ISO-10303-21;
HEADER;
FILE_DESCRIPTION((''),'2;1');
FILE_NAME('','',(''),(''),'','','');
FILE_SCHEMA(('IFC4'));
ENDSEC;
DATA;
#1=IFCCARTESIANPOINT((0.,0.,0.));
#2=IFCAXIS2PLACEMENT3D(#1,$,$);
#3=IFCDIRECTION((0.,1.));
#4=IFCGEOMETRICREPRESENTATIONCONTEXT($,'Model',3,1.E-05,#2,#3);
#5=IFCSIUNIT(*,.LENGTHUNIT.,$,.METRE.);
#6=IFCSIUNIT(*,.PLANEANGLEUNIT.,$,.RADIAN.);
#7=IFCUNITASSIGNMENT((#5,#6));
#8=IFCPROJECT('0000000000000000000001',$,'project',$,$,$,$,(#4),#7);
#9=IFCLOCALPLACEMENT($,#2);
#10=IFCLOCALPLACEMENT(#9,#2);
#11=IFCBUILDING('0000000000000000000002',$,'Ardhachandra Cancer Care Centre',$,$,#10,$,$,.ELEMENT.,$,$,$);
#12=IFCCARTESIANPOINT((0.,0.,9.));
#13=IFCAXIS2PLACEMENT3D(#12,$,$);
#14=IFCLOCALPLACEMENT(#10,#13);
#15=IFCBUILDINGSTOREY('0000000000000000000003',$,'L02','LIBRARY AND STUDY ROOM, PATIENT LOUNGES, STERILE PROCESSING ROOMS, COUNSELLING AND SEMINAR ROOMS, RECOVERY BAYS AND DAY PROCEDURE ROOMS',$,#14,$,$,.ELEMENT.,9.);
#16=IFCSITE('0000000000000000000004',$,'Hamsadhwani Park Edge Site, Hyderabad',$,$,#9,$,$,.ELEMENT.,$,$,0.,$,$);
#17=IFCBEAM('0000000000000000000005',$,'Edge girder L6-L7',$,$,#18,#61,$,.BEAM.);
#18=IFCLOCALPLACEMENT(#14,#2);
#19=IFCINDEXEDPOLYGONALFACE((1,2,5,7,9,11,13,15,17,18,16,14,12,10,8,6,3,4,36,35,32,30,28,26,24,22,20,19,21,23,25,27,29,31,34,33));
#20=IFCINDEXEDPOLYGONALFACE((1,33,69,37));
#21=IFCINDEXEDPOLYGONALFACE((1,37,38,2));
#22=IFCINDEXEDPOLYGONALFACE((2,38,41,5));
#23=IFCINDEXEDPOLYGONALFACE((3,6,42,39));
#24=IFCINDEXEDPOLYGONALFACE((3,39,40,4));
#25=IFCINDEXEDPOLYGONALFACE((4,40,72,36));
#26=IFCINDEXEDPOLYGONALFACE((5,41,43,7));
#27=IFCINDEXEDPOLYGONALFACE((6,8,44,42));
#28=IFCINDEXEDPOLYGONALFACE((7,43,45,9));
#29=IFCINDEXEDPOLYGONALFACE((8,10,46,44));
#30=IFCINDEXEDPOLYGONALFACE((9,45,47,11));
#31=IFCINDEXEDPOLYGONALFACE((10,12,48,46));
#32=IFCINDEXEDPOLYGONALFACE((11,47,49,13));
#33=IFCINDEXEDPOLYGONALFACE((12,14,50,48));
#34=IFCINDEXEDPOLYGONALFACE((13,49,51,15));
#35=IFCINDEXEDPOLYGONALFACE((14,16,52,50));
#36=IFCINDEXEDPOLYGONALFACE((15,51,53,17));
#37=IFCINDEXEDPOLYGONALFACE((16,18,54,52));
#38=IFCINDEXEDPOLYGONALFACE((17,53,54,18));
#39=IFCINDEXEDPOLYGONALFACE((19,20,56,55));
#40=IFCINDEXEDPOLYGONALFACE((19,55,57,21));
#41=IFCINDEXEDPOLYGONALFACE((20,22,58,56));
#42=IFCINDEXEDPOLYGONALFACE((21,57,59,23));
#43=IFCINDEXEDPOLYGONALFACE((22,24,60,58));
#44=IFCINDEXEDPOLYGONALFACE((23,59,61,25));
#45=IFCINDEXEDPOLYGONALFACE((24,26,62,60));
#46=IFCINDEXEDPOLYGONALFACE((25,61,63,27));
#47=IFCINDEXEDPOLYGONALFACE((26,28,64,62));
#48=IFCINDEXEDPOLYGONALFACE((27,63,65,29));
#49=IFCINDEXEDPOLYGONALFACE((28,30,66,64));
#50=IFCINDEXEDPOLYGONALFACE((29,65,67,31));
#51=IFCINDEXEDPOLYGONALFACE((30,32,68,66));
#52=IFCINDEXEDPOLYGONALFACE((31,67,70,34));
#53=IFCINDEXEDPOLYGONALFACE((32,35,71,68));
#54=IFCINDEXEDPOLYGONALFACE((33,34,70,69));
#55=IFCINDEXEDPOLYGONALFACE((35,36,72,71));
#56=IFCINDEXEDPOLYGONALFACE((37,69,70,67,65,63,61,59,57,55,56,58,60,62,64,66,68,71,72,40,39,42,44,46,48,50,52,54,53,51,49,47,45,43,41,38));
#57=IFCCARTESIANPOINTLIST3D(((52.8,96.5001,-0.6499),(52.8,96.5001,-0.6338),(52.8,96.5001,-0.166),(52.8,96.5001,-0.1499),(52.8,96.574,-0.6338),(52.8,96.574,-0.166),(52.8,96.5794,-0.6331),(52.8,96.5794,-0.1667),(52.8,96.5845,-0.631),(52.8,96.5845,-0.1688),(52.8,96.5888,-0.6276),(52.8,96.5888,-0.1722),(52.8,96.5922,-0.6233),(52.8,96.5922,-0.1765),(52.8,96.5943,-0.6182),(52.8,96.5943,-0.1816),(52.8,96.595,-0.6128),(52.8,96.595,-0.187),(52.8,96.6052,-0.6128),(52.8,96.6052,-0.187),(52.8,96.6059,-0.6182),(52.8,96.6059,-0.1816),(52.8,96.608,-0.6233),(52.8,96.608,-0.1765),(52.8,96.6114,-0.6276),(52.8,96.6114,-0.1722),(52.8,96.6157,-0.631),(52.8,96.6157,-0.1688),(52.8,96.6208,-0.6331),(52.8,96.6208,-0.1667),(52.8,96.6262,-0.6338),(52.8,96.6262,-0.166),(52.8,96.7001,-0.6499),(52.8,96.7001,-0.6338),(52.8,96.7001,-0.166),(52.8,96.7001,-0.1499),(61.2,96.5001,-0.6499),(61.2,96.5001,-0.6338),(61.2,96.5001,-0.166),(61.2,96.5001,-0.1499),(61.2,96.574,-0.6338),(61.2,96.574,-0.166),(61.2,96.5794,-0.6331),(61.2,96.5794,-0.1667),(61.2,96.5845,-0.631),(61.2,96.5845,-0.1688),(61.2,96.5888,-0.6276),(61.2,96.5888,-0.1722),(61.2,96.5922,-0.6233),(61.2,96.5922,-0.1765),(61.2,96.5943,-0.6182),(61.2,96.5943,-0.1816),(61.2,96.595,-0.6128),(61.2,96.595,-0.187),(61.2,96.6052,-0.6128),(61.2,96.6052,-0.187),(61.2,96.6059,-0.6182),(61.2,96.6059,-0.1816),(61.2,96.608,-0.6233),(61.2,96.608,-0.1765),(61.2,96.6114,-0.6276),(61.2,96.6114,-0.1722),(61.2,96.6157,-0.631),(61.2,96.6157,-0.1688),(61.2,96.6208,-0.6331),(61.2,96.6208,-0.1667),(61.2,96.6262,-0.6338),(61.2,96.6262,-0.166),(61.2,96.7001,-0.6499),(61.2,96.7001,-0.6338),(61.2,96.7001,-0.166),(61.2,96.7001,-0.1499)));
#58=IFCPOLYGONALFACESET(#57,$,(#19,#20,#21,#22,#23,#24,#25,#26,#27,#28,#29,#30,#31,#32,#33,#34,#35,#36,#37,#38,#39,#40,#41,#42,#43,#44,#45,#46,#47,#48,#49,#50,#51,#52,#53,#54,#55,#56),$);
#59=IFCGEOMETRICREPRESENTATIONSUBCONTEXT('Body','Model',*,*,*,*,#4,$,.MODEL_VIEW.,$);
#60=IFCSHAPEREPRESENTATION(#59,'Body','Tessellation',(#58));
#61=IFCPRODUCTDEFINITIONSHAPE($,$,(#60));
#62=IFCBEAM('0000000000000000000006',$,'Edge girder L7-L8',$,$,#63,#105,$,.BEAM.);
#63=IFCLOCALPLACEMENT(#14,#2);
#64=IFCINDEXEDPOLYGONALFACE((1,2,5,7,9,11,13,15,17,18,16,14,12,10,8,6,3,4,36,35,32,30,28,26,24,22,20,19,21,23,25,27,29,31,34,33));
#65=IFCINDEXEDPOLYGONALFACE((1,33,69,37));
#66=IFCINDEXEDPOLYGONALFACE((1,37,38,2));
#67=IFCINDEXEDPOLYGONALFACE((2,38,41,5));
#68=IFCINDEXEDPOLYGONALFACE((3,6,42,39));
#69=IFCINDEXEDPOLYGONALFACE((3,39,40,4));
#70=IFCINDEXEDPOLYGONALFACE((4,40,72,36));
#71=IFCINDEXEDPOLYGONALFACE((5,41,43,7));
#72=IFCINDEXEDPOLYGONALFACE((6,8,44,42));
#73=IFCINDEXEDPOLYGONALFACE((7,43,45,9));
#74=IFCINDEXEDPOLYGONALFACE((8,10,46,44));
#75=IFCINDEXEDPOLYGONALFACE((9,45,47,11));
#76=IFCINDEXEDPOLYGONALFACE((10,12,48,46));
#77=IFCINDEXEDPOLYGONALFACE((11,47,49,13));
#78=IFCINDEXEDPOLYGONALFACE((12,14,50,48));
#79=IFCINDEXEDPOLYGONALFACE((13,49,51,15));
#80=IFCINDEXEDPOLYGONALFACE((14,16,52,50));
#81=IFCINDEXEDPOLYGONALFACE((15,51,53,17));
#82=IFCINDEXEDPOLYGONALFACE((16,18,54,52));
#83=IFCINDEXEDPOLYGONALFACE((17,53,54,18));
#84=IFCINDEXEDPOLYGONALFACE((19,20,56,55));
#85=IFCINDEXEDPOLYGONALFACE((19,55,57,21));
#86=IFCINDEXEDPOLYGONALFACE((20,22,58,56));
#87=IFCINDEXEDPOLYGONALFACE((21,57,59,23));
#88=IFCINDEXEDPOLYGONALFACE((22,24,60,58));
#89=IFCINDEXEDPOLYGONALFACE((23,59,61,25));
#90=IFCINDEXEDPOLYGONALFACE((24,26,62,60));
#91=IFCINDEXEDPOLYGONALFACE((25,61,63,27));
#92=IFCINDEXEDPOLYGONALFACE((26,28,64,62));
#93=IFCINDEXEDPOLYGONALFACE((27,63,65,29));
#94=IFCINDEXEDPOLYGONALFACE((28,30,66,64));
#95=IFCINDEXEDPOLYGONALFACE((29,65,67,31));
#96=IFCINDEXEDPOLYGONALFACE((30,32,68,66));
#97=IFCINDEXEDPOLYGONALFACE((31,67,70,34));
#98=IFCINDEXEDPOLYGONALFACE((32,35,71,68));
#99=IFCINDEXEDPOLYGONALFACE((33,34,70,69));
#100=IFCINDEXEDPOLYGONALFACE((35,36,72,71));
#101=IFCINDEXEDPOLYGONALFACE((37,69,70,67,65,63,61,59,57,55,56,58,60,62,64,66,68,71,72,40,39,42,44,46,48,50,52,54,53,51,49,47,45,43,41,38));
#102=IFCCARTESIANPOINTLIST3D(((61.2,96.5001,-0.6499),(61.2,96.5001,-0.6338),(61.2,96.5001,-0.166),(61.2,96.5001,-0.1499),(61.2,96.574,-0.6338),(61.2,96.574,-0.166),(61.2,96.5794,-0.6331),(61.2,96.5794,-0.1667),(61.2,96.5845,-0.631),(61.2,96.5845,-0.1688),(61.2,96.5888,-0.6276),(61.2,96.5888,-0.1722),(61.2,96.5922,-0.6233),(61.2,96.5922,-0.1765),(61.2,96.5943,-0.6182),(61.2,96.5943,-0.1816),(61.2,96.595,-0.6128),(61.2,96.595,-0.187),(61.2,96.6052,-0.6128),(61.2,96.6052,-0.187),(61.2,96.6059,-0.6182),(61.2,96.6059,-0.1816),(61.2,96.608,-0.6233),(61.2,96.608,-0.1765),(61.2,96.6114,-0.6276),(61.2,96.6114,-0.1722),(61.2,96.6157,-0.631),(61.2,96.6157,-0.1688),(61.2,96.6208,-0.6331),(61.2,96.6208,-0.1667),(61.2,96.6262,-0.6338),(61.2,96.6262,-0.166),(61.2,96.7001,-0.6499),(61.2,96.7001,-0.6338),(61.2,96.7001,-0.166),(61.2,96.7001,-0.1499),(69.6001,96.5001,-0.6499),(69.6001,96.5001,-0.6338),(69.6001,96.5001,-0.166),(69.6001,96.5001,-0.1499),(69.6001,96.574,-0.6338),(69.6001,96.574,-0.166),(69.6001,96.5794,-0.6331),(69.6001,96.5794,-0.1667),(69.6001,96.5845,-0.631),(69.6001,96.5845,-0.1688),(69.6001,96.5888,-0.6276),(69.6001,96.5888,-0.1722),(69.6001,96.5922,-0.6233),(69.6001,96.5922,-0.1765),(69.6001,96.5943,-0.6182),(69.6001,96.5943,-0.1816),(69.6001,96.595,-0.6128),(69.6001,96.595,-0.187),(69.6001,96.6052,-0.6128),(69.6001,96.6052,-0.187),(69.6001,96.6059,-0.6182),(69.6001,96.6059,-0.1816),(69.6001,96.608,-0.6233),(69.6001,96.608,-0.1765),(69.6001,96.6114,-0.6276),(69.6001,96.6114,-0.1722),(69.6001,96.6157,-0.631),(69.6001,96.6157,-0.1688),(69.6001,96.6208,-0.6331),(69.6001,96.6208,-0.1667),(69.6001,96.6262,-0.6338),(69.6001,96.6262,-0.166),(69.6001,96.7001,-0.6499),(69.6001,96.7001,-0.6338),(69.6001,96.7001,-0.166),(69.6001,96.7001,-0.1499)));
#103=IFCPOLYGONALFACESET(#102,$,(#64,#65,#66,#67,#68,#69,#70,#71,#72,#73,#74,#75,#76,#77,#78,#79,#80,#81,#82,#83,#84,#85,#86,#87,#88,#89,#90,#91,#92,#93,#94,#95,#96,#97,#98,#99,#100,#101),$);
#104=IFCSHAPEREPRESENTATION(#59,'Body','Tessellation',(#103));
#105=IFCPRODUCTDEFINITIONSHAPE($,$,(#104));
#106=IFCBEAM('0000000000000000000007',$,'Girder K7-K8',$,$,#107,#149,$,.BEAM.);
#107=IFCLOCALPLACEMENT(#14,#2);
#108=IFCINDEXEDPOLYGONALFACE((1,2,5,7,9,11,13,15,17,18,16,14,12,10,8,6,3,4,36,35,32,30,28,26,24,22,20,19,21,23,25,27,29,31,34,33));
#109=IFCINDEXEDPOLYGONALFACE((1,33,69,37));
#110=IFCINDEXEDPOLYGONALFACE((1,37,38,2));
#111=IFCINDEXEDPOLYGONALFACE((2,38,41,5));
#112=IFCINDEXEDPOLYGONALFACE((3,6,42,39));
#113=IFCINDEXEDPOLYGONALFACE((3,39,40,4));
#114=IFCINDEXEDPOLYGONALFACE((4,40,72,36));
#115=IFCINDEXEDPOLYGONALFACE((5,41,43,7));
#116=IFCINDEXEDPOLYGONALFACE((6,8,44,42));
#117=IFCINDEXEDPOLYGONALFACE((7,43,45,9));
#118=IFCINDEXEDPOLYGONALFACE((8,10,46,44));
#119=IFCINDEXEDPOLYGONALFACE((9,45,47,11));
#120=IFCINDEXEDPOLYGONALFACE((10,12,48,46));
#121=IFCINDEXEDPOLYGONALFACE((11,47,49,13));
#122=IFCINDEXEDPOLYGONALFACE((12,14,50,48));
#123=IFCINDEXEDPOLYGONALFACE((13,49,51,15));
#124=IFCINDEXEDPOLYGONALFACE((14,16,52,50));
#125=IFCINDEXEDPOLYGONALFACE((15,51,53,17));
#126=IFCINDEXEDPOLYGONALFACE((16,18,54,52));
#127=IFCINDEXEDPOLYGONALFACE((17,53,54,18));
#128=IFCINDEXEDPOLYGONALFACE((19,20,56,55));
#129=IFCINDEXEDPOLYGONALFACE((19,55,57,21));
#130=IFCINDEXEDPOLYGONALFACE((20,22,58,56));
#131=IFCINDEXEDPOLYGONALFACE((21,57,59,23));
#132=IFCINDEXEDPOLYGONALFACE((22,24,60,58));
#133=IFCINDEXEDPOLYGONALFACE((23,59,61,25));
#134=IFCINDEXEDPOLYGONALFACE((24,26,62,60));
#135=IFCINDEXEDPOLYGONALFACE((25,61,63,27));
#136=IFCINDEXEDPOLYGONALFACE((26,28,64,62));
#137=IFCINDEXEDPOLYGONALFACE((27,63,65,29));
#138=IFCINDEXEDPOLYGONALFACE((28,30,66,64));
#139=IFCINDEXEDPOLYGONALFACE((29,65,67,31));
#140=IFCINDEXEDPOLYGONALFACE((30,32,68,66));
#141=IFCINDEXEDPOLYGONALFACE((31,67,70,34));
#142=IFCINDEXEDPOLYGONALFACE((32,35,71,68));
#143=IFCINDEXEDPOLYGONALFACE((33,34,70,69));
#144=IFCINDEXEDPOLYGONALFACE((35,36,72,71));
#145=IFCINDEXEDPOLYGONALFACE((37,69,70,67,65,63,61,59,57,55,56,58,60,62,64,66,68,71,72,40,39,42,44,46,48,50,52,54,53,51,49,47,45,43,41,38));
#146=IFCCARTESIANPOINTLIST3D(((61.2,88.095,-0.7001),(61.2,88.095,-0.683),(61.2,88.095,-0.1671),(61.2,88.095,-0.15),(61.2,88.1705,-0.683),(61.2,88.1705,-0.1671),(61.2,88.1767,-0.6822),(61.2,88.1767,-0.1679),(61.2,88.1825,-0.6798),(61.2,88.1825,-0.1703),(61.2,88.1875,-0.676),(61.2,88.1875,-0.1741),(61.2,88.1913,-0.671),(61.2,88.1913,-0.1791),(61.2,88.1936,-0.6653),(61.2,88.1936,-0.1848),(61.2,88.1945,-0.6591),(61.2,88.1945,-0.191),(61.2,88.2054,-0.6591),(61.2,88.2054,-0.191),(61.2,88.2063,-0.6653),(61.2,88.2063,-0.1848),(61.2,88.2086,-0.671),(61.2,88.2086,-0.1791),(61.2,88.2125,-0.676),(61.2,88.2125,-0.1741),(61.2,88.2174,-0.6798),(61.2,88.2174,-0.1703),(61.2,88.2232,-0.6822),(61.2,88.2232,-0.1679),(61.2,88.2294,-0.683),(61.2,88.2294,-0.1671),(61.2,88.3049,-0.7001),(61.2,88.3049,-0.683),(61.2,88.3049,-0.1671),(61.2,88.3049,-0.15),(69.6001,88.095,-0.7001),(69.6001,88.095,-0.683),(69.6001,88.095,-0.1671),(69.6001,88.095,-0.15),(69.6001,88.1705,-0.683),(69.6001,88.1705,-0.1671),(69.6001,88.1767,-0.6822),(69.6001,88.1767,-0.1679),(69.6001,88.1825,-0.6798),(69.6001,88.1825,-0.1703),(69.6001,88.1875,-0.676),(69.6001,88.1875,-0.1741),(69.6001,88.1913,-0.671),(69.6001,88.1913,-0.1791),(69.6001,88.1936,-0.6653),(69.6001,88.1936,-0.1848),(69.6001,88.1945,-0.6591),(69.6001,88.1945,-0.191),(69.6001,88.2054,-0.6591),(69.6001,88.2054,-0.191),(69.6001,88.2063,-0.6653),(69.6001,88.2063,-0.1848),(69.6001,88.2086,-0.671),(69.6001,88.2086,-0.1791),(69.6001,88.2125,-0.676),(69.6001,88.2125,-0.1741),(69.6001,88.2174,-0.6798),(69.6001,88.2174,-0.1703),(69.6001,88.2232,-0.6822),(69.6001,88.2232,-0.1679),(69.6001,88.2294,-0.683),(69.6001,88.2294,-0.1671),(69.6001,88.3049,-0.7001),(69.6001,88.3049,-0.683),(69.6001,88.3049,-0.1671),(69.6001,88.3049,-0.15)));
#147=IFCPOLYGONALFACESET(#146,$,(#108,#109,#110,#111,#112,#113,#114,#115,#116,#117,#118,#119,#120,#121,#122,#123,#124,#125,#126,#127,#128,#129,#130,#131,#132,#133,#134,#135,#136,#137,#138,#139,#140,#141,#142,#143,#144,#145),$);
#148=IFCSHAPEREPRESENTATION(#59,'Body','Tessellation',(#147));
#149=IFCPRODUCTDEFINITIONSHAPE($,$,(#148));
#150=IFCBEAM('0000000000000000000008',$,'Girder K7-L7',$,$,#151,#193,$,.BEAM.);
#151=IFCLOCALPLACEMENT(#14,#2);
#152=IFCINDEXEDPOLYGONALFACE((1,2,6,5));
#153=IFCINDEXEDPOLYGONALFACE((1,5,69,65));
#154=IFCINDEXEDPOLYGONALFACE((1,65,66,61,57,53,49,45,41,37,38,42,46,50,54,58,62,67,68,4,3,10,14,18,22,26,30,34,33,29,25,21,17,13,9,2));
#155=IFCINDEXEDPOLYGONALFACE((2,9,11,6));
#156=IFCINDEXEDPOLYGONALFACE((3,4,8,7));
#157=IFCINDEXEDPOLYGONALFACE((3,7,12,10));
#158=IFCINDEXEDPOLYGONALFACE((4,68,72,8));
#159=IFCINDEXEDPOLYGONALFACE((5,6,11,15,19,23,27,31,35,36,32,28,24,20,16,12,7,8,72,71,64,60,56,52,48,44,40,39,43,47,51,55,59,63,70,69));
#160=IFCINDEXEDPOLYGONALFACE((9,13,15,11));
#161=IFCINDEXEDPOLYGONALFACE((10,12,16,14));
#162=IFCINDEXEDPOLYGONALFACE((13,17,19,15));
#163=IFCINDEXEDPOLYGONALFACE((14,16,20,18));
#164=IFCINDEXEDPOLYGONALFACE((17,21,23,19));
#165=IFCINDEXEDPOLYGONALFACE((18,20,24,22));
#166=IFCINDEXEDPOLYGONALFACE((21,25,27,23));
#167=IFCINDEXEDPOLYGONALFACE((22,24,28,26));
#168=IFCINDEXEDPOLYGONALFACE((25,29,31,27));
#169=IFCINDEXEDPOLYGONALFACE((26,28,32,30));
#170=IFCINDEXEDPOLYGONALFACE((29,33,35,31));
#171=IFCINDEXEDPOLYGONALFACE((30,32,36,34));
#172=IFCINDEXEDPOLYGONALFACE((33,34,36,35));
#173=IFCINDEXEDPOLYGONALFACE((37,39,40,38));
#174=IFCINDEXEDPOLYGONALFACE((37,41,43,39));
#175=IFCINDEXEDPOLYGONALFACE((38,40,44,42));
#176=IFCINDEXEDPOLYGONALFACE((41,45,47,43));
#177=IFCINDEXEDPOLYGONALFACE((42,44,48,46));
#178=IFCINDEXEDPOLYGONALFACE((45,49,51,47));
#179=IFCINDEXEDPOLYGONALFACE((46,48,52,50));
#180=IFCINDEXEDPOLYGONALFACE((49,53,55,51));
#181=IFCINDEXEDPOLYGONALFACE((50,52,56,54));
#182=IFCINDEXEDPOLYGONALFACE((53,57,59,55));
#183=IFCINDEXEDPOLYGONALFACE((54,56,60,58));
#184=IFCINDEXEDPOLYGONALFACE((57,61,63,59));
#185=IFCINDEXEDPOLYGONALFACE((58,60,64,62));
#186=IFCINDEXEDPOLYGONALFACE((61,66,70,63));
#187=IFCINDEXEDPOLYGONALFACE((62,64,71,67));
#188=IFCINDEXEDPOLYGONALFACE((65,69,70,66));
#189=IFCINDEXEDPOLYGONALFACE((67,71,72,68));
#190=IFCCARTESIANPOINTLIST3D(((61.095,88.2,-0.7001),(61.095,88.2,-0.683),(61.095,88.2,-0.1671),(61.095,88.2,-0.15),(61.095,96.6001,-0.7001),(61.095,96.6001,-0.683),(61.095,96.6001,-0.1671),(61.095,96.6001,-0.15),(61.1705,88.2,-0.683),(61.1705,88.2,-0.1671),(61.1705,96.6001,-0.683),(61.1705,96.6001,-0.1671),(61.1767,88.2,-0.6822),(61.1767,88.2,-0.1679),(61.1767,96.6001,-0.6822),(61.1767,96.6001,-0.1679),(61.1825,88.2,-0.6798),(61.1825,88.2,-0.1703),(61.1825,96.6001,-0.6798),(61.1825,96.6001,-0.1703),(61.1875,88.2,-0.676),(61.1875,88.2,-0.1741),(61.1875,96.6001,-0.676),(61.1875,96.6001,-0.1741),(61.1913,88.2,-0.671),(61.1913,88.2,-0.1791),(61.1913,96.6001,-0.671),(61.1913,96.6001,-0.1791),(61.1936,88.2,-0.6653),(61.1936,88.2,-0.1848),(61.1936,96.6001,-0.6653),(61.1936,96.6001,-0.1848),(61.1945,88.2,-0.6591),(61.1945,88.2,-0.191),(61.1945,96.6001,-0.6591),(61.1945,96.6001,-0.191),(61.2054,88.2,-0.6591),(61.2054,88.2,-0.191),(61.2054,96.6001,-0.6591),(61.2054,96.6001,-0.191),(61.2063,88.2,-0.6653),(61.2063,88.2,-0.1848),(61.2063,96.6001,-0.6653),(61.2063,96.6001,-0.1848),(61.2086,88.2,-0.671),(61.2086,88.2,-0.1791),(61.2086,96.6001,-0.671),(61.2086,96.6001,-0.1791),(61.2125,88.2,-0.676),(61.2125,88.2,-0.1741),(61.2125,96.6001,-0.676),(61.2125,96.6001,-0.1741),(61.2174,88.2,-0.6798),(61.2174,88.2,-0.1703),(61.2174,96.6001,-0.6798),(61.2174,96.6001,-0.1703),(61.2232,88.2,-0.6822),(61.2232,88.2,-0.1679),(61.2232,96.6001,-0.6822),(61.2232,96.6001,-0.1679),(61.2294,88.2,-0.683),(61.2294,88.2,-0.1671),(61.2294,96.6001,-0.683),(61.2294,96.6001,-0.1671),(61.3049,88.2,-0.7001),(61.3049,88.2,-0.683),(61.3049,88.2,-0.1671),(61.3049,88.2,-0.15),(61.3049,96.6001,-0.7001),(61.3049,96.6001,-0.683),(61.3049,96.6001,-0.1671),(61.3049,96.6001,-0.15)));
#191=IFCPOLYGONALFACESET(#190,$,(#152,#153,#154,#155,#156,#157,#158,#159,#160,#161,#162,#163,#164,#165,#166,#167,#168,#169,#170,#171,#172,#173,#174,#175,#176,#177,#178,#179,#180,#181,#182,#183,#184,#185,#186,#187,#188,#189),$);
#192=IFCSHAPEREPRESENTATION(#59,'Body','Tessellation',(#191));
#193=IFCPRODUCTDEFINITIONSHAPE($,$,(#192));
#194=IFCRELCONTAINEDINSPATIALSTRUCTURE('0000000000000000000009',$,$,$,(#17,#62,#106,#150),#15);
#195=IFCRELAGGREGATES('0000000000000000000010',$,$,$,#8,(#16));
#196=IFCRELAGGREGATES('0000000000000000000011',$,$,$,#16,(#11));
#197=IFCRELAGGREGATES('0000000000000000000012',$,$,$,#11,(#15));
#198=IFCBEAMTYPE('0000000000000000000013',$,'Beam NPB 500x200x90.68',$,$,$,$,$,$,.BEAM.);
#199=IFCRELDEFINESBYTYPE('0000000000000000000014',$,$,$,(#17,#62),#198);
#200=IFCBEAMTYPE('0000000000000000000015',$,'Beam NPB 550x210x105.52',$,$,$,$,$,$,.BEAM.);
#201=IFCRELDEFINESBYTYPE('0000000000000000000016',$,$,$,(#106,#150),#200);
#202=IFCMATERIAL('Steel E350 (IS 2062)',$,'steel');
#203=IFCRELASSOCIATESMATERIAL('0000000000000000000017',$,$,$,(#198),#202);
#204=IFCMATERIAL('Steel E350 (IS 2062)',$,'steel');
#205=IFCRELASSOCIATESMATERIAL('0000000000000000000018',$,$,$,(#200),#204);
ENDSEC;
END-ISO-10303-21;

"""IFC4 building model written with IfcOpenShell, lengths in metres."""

from ifc_helpers import new_model, si_unit, direction, frame, origin, origin_2d, place, context, subcontext, project, spatial, i_section, extrude, material, material_profile, profile_set, type_object, element, save


model = new_model("IFC4")

# Units and contexts
model_context = context("Model", 3, precision=1e-05, world=origin(), true_north=direction((0.0, 1.0)))
body_context = subcontext(model_context, "Body", "Model", "MODEL_VIEW")
ifc_project = project(units=[si_unit("LENGTHUNIT", "METRE"), si_unit("PLANEANGLEUNIT", "RADIAN")], contexts=[model_context])

# Site, building, storey
site_placement = place(None, origin())
site = spatial("IfcSite", under=ifc_project, at=site_placement, Name="Hamsadhwani Park Edge Site, Hyderabad", CompositionType="ELEMENT", RefElevation=0.0)
building_placement = place(site_placement, origin())
building = spatial("IfcBuilding", under=site, at=building_placement, Name="Ardhachandra Cancer Care Centre", CompositionType="ELEMENT")
storey_placement = place(building_placement, frame((0.0, 0.0, 9.0)))
storey = spatial("IfcBuildingStorey", under=building, at=storey_placement, Name="L02", Description="LIBRARY AND STUDY ROOM, PATIENT LOUNGES, STERILE PROCESSING ROOMS, COUNSELLING AND SEMINAR ROOMS, RECOVERY BAYS AND DAY PROCEDURE ROOMS", CompositionType="ELEMENT", Elevation=9.0)

# Beams
ifc_material_1 = material(Name="Steel E350 (IS 2062)", Category="steel")
ifc_material_profile_1 = material_profile(ifc_material_1, i_section(OverallWidth=0.2, OverallDepth=0.5, WebThickness=0.0103, FlangeThickness=0.0161, FilletRadius=0.021, at=origin_2d()), Name="NPB 500x200x90.68")
ifc_profile_set_1 = profile_set([ifc_material_profile_1], Name="Steel E350 (IS 2062)")
beam_type_1 = type_object("IfcBeamType", Name="Beam NPB 500x200x90.68", PredefinedType="BEAM", material=ifc_profile_set_1)
beam_1_placement = place(storey_placement, frame((52.8, 96.6001, -0.3999), z_axis=(1.0, 0.0, 0.0), x_axis=(0.0, 1.0, 0.0)))
element("IfcBeam", 1, at=beam_1_placement, inside=storey, type_object=beam_type_1, Name="Edge girder L6-L7", PredefinedType="BEAM", context=body_context, shape_type="SweptSolid", body=[
    extrude(i_section(OverallWidth=0.2, OverallDepth=0.5, WebThickness=0.0103, FlangeThickness=0.0161, FilletRadius=0.021, at=origin_2d()), origin(), (0.0, 0.0, 1.0), 8.3999),
])
beam_2_placement = place(storey_placement, frame((61.2, 96.6001, -0.3999), z_axis=(1.0, 0.0, 0.0), x_axis=(0.0, 1.0, 0.0)))
element("IfcBeam", 2, at=beam_2_placement, inside=storey, type_object=beam_type_1, Name="Edge girder L7-L8", PredefinedType="BEAM", context=body_context, shape_type="SweptSolid", body=[
    extrude(i_section(OverallWidth=0.2, OverallDepth=0.5, WebThickness=0.0103, FlangeThickness=0.0161, FilletRadius=0.021, at=origin_2d()), origin(), (0.0, 0.0, 1.0), 8.4001),
])
ifc_material_2 = material(Name="Steel E350 (IS 2062)", Category="steel")
ifc_material_profile_2 = material_profile(ifc_material_2, i_section(OverallWidth=0.21, OverallDepth=0.55, WebThickness=0.011, FlangeThickness=0.0171, FilletRadius=0.0239, at=origin_2d()), Name="NPB 550x210x105.52")
ifc_profile_set_2 = profile_set([ifc_material_profile_2], Name="Steel E350 (IS 2062)")
beam_type_2 = type_object("IfcBeamType", Name="Beam NPB 550x210x105.52", PredefinedType="BEAM", material=ifc_profile_set_2)
for number, where, z_axis, x_axis, name in (
    (3, (61.2, 88.2, -0.425), (1.0, 0.0, 0.0), (0.0, 1.0, 0.0), "Girder K7-K8"),
    (4, (61.2, 88.2, -0.425), (0.0, 1.0, 0.0), (-1.0, 0.0, 0.0), "Girder K7-L7"),
):
    element("IfcBeam", number, at=place(storey_placement, frame(where, z_axis=z_axis, x_axis=x_axis)), inside=storey, type_object=beam_type_2, Name=name, PredefinedType="BEAM", context=body_context, shape_type="SweptSolid", body=[
        extrude(i_section(OverallWidth=0.21, OverallDepth=0.55, WebThickness=0.011, FlangeThickness=0.0171, FilletRadius=0.0239, at=origin_2d()), origin(), (0.0, 0.0, 1.0), 8.4001),
    ])

save(model, "model.ifc")
